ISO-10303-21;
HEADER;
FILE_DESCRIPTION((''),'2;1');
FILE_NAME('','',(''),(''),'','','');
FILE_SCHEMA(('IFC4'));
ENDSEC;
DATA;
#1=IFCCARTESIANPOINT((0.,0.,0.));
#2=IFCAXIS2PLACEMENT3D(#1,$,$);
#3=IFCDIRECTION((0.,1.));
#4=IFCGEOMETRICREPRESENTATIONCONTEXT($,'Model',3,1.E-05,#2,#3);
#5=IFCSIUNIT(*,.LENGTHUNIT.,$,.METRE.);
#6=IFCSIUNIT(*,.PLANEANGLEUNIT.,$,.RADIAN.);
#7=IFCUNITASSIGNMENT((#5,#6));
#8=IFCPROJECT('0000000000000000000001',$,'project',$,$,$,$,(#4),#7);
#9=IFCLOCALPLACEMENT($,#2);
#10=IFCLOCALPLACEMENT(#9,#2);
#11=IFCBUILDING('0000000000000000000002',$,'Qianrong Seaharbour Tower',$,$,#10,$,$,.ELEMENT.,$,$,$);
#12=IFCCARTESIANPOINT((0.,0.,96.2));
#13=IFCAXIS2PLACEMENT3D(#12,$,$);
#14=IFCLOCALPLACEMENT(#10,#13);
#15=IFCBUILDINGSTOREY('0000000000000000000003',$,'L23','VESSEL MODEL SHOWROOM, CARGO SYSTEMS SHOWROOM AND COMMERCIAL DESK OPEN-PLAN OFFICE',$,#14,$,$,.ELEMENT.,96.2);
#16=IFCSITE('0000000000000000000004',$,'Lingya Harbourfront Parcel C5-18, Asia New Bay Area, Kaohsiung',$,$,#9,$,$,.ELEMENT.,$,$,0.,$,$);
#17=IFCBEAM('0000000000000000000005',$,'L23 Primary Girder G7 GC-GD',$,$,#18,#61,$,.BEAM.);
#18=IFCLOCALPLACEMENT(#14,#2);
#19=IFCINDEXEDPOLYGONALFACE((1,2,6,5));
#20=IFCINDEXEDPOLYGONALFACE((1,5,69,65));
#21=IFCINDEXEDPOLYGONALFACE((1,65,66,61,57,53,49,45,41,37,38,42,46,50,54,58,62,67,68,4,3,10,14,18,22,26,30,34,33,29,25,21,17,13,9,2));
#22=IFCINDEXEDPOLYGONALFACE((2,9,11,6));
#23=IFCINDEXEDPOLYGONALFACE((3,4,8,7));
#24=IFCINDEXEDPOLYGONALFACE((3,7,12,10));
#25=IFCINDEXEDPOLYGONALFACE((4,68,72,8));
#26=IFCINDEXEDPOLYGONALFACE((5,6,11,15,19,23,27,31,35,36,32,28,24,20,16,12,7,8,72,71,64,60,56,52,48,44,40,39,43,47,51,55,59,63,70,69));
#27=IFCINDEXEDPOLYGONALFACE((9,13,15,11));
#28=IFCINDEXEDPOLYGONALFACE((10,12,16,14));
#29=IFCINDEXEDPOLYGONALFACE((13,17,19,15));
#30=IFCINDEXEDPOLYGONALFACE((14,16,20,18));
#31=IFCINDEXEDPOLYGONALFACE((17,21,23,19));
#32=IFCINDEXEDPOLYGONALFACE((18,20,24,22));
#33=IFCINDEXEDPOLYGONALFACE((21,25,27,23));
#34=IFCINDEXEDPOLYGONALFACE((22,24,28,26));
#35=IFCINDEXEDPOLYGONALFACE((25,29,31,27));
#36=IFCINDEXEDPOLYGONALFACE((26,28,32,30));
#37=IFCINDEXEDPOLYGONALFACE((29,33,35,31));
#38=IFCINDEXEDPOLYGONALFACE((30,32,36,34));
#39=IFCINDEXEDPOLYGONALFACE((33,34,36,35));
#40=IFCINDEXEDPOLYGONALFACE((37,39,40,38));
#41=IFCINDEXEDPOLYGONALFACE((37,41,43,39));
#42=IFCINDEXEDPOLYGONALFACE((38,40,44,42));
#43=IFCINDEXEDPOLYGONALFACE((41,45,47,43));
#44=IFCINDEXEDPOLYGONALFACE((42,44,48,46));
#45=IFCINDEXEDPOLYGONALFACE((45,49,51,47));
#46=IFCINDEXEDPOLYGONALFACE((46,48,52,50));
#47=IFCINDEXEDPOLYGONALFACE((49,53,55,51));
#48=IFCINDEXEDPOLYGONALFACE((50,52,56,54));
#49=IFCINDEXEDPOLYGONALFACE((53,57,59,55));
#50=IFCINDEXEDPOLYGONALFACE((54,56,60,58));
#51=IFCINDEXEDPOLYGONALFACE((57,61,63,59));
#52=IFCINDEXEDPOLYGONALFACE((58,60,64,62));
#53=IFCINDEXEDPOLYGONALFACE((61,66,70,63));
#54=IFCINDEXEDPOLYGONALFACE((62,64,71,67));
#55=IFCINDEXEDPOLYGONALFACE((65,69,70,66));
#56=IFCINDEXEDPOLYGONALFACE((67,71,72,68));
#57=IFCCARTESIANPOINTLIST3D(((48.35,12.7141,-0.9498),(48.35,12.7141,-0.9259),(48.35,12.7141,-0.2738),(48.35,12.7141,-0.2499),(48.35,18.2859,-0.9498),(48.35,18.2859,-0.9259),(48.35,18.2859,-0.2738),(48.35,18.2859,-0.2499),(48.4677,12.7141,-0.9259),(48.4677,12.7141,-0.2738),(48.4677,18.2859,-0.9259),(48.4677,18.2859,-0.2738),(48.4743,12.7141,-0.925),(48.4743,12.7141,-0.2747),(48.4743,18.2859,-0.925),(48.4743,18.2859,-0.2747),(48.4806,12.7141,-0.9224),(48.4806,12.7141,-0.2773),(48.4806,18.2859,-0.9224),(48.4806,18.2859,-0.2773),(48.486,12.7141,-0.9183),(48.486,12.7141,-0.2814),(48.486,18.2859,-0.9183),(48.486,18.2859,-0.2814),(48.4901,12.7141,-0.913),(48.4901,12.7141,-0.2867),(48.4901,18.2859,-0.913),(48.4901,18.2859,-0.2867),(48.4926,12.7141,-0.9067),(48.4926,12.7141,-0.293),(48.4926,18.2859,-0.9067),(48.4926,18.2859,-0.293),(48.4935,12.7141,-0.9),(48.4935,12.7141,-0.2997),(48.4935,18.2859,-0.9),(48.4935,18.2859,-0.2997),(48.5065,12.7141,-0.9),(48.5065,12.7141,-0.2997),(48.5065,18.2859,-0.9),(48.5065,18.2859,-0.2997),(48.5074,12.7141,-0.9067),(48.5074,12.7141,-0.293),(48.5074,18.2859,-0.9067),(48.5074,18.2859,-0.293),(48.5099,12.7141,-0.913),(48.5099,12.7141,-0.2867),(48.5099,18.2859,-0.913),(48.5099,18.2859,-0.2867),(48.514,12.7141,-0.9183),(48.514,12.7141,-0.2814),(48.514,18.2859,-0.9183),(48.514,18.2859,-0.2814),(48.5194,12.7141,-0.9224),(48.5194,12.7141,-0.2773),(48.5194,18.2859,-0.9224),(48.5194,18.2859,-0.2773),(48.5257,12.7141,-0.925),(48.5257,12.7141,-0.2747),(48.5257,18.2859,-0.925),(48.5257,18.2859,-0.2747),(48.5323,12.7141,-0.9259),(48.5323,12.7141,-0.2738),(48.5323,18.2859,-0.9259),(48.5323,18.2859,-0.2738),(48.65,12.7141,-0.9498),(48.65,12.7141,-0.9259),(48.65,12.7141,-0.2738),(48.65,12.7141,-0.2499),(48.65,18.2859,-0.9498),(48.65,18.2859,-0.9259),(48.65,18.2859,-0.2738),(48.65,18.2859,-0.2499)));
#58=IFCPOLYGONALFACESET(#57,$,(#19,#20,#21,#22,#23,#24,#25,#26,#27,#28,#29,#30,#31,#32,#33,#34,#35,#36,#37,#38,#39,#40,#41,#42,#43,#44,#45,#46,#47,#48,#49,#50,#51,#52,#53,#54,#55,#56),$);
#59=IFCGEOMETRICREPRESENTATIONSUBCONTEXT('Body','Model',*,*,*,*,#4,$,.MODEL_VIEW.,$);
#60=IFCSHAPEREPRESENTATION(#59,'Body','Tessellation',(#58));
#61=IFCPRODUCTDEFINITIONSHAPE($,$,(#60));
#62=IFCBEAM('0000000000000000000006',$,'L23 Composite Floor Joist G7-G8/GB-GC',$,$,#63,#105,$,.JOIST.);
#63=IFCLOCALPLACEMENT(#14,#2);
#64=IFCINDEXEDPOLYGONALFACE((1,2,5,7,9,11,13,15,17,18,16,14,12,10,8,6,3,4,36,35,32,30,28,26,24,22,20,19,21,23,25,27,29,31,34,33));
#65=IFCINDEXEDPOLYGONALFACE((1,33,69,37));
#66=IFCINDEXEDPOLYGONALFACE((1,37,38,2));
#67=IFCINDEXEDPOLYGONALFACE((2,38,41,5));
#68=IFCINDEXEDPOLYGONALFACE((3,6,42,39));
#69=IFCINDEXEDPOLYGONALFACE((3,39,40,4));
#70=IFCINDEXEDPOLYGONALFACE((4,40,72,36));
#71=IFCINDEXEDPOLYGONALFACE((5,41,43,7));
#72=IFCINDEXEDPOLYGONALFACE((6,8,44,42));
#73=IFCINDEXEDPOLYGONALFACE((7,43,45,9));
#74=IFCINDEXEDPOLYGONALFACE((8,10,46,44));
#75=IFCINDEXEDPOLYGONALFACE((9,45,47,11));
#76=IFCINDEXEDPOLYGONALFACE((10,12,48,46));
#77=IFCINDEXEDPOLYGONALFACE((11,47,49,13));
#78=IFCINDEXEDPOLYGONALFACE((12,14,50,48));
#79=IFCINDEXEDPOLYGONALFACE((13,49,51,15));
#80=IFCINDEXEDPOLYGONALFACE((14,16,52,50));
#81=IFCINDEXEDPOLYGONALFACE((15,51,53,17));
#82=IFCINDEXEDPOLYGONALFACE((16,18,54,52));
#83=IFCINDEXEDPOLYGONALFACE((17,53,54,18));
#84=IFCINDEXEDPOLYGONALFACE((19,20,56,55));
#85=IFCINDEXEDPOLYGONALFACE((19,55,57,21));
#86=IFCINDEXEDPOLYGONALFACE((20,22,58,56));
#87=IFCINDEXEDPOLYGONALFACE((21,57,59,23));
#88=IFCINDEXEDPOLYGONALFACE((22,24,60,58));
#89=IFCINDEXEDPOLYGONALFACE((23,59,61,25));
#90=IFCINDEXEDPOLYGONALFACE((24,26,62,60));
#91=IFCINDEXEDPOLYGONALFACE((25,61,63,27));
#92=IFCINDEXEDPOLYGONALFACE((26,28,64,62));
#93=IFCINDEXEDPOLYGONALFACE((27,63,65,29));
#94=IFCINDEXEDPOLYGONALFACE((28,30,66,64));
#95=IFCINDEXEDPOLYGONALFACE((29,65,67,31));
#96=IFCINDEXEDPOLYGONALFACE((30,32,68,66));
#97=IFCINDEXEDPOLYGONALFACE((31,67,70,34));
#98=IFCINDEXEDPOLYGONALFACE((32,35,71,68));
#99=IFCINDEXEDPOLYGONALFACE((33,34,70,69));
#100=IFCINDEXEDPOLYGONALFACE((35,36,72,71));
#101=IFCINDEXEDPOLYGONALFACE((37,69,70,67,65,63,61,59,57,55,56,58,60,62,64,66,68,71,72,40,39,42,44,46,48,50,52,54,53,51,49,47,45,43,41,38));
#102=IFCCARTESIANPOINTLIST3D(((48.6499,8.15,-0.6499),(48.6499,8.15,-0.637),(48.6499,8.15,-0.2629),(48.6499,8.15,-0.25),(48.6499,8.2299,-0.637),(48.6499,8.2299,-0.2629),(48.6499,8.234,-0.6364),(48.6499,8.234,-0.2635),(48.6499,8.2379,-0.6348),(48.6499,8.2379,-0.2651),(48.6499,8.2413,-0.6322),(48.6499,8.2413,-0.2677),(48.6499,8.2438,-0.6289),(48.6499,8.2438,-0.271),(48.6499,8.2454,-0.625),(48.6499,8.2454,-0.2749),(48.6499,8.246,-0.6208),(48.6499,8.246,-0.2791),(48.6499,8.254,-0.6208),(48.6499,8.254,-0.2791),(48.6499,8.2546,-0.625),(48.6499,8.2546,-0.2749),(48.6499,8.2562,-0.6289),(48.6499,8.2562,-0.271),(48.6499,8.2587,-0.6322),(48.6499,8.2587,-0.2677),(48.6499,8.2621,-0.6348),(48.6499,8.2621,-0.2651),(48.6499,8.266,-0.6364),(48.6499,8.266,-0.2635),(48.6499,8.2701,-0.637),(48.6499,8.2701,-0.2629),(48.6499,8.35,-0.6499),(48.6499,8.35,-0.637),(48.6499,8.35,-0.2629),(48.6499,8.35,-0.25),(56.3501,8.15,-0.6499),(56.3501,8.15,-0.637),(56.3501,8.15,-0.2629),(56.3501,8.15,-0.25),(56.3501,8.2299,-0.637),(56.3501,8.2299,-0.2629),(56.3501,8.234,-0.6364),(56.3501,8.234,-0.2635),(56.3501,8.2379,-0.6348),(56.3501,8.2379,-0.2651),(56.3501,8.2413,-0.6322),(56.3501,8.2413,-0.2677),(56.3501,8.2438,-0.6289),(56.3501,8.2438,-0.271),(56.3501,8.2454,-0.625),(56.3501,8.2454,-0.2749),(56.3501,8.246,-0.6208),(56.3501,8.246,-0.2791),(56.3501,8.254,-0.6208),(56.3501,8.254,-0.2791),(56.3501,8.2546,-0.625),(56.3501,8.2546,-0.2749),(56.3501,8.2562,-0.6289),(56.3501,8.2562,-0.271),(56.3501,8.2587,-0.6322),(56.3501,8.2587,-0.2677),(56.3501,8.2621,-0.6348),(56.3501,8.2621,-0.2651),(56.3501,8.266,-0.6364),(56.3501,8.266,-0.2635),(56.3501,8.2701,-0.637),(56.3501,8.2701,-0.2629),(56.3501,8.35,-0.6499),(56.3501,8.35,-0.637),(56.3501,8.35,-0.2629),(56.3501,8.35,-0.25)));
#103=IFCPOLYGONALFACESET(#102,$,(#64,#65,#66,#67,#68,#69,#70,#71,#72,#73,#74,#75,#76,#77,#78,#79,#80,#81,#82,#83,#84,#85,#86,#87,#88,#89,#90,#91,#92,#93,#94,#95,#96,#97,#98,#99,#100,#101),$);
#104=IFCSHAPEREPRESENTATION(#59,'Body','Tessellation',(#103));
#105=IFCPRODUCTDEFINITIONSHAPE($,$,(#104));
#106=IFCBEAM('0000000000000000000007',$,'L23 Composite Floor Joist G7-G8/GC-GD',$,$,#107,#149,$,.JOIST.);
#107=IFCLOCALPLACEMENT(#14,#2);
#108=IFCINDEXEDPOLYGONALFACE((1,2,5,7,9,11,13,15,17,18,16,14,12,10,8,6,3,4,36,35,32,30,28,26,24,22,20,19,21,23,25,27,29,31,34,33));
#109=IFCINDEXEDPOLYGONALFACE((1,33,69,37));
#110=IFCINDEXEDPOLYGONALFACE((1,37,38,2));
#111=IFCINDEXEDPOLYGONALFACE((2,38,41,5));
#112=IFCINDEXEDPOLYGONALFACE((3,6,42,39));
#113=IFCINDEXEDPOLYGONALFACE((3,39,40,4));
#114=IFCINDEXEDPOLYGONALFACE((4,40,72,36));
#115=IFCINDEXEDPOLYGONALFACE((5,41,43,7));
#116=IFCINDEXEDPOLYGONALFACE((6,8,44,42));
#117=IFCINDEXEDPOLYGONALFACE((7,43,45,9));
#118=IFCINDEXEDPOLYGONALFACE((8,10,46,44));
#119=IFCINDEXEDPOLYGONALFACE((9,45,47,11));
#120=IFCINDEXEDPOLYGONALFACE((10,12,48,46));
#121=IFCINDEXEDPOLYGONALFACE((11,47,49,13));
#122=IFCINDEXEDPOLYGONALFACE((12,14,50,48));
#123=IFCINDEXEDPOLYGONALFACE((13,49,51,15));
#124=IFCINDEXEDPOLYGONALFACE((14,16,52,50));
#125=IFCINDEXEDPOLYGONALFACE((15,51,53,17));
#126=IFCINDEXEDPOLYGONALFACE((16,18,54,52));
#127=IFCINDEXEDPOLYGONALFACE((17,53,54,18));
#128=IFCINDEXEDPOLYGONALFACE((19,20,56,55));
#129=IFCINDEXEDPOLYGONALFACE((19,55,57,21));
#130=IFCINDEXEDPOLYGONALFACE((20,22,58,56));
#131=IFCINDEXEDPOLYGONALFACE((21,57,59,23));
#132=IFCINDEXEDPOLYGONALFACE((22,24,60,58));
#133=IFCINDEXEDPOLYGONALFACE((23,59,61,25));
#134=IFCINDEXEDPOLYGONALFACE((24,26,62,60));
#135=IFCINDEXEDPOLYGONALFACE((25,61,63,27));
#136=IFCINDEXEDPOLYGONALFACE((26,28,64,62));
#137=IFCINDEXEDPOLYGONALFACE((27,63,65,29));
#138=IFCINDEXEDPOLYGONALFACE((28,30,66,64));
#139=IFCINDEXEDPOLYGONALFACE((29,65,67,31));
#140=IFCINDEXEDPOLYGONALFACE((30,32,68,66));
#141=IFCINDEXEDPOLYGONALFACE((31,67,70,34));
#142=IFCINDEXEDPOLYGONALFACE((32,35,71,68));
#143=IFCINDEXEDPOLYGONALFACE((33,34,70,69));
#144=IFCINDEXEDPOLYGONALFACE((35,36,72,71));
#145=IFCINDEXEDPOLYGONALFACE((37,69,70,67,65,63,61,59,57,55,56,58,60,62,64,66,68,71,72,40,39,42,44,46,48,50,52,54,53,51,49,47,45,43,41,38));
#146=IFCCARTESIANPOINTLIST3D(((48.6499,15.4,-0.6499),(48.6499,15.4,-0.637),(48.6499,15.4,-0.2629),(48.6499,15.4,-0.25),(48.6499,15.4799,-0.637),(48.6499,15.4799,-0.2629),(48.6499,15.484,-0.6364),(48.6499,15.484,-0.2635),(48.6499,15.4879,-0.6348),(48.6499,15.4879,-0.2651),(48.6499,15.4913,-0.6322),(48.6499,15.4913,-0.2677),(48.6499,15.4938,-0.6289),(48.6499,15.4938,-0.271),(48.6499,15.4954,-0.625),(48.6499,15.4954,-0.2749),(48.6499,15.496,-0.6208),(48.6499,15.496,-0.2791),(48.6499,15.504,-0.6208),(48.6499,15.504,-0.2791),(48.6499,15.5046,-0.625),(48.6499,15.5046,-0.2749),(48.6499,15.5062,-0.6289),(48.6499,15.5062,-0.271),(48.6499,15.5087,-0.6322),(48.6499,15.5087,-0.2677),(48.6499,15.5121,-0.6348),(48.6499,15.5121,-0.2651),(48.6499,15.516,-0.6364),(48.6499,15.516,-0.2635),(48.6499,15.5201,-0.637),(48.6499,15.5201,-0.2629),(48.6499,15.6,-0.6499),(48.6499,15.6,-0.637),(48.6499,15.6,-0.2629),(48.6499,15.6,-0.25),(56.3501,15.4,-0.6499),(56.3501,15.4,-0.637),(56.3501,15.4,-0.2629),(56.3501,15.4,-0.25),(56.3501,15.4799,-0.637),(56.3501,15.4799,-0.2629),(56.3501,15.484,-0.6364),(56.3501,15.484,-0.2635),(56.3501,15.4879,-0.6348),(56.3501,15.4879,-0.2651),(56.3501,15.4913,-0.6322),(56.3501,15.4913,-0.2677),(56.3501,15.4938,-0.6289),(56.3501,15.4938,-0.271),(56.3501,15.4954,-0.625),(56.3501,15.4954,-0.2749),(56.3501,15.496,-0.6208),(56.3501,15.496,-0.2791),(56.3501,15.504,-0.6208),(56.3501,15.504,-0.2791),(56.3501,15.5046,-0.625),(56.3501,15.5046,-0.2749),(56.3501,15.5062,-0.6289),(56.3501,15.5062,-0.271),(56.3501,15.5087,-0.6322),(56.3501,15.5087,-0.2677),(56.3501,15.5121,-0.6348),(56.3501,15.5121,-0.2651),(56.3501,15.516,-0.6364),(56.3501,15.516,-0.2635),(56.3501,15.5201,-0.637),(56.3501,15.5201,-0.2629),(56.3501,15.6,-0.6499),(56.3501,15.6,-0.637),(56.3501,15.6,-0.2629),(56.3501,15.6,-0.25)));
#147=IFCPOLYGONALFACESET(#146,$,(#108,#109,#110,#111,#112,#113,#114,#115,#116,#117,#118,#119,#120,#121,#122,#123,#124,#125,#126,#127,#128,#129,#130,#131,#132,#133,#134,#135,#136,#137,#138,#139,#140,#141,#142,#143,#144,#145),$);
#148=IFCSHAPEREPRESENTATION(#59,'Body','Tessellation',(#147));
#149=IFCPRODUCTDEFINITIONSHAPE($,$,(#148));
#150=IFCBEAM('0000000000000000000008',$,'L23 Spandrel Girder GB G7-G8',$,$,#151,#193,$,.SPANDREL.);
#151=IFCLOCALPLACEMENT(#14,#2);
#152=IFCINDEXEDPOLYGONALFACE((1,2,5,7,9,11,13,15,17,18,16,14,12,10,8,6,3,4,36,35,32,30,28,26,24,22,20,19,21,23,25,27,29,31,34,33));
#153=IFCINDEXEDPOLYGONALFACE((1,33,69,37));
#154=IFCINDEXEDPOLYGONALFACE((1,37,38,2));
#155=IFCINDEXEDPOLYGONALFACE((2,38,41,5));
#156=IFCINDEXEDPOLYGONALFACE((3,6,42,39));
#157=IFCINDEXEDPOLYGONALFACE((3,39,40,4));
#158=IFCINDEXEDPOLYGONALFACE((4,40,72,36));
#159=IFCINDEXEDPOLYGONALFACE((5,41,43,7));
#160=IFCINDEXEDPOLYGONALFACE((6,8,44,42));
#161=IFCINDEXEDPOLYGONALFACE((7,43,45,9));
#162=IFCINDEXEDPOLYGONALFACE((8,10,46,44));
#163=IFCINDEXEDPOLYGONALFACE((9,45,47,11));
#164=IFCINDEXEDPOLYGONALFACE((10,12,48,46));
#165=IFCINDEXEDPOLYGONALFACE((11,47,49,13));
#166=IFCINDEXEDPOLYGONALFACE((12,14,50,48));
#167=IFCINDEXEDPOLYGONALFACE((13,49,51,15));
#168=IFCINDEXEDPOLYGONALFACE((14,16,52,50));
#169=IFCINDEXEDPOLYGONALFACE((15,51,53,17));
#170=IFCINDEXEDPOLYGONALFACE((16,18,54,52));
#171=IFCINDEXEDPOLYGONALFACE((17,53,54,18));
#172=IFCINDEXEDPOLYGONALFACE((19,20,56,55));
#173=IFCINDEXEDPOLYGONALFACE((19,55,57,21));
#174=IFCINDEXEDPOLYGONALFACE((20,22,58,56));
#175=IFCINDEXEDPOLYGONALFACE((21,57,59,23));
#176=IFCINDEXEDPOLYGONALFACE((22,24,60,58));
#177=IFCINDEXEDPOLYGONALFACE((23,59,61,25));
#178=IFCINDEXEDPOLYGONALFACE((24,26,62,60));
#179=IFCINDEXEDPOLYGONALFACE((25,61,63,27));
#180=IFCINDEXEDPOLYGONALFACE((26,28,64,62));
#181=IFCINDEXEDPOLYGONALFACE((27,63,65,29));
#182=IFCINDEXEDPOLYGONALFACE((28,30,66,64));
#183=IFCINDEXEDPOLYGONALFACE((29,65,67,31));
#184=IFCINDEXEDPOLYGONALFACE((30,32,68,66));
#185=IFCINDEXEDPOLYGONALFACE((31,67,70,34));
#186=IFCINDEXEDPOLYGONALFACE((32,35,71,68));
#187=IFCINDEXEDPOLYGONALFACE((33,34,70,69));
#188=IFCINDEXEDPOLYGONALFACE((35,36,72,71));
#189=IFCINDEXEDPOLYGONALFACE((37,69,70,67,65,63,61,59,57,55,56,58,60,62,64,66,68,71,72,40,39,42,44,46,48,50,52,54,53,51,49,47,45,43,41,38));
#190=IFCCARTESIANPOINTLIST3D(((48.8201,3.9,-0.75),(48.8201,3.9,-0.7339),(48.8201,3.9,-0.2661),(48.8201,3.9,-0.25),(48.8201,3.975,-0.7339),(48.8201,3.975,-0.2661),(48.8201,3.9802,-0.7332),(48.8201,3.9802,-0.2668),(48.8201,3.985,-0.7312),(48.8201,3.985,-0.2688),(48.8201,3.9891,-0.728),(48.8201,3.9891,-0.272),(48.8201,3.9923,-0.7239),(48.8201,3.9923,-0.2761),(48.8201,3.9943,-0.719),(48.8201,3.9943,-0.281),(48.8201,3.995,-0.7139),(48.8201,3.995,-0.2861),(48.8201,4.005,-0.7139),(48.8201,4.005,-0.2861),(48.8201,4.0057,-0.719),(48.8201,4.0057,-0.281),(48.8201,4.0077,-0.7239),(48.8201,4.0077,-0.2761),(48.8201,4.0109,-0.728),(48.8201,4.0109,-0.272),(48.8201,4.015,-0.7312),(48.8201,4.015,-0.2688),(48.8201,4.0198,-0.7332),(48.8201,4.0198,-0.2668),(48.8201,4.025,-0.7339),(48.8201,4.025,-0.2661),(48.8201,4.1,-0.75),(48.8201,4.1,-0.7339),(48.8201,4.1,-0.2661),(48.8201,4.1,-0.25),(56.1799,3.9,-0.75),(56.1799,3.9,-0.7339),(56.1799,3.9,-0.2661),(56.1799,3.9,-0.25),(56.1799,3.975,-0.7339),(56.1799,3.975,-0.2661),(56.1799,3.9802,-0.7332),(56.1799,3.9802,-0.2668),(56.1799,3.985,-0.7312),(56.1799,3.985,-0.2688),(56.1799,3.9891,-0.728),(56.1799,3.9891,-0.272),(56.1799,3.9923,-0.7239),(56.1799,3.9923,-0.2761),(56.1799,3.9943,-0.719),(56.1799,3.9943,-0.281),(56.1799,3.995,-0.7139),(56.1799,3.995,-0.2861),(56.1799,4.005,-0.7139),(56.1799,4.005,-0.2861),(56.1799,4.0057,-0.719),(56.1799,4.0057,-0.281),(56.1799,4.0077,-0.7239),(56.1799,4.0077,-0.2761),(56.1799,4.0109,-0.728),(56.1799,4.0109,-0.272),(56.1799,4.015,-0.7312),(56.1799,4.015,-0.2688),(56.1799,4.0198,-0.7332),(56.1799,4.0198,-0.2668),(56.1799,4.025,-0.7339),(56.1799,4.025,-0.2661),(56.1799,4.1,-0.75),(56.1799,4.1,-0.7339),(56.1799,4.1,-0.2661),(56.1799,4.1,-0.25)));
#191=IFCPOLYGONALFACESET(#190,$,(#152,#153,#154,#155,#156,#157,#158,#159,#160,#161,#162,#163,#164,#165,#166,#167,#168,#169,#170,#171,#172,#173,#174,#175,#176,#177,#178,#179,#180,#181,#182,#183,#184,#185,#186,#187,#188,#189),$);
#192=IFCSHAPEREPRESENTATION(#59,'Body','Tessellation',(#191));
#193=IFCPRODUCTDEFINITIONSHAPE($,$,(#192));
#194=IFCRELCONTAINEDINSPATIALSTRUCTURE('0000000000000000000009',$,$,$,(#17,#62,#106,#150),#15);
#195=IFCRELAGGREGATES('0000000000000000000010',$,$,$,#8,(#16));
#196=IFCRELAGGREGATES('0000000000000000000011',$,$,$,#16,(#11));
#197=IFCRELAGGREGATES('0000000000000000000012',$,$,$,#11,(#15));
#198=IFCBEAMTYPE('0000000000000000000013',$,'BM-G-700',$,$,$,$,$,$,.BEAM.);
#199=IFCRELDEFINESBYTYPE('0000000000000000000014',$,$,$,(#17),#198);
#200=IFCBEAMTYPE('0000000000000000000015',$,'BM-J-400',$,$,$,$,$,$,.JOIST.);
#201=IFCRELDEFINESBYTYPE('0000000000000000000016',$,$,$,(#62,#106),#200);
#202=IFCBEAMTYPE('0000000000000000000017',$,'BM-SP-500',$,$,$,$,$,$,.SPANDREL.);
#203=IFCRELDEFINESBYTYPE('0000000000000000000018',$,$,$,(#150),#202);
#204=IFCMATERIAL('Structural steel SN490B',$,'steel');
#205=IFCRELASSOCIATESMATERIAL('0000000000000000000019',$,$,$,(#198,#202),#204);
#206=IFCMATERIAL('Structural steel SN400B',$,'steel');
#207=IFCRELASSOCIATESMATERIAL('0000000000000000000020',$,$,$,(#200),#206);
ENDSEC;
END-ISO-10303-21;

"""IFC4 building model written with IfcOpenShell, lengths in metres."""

from ifc_helpers import new_model, si_unit, direction, frame, origin, origin_2d, place, context, subcontext, project, spatial, i_section, extrude, material, material_profile, profile_set, type_object, element, save


model = new_model("IFC4")

# Units and contexts
model_context = context("Model", 3, precision=1e-05, world=origin(), true_north=direction((0.0, 1.0)))
body_context = subcontext(model_context, "Body", "Model", "MODEL_VIEW")
ifc_project = project(units=[si_unit("LENGTHUNIT", "METRE"), si_unit("PLANEANGLEUNIT", "RADIAN")], contexts=[model_context])

# Site, building, storey
site_placement = place(None, origin())
site = spatial("IfcSite", under=ifc_project, at=site_placement, Name="Lingya Harbourfront Parcel C5-18, Asia New Bay Area, Kaohsiung", CompositionType="ELEMENT", RefElevation=0.0)
building_placement = place(site_placement, origin())
building = spatial("IfcBuilding", under=site, at=building_placement, Name="Qianrong Seaharbour Tower", CompositionType="ELEMENT")
storey_placement = place(building_placement, frame((0.0, 0.0, 96.2)))
storey = spatial("IfcBuildingStorey", under=building, at=storey_placement, Name="L23", Description="VESSEL MODEL SHOWROOM, CARGO SYSTEMS SHOWROOM AND COMMERCIAL DESK OPEN-PLAN OFFICE", CompositionType="ELEMENT", Elevation=96.2)

# Shared definitions
ifc_material_1 = material(Name="Structural steel SN490B", Category="steel")

# Beams
ifc_material_profile_1 = material_profile(ifc_material_1, i_section(OverallWidth=0.3, OverallDepth=0.7, WebThickness=0.0129, FlangeThickness=0.0239, FilletRadius=0.0259, at=origin_2d()), Name="H700x300x13x24")
ifc_profile_set_1 = profile_set([ifc_material_profile_1], Name="Structural steel SN490B")
beam_type_1 = type_object("IfcBeamType", Name="BM-G-700", PredefinedType="BEAM", material=ifc_profile_set_1)
beam_1_placement = place(storey_placement, frame((48.5, 12.7141, -0.5999), z_axis=(0.0, 1.0, 0.0), x_axis=(-1.0, 0.0, 0.0)))
element("IfcBeam", 1, at=beam_1_placement, inside=storey, type_object=beam_type_1, Name="L23 Primary Girder G7 GC-GD", PredefinedType="BEAM", context=body_context, shape_type="SweptSolid", body=[
    extrude(i_section(OverallWidth=0.3, OverallDepth=0.7, WebThickness=0.0129, FlangeThickness=0.0239, FilletRadius=0.0259, at=origin_2d()), origin(), (0.0, 0.0, 1.0), 5.5718),
])
ifc_material_2 = material(Name="Structural steel SN400B", Category="steel")
ifc_material_profile_2 = material_profile(ifc_material_2, i_section(OverallWidth=0.2, OverallDepth=0.3999, WebThickness=0.0081, FlangeThickness=0.0129, FilletRadius=0.0161, at=origin_2d()), Name="H400x200x8x13")
ifc_profile_set_2 = profile_set([ifc_material_profile_2], Name="Structural steel SN400B")
beam_type_2 = type_object("IfcBeamType", Name="BM-J-400", PredefinedType="JOIST", material=ifc_profile_set_2)
for number, where, z_axis, x_axis, name in (
    (2, (48.6499, 8.25, -0.45), (1.0, 0.0, 0.0), (0.0, 1.0, 0.0), "L23 Composite Floor Joist G7-G8/GB-GC"),
    (3, (48.6499, 15.5, -0.45), (1.0, 0.0, 0.0), (0.0, 1.0, 0.0), "L23 Composite Floor Joist G7-G8/GC-GD"),
):
    element("IfcBeam", number, at=place(storey_placement, frame(where, z_axis=z_axis, x_axis=x_axis)), inside=storey, type_object=beam_type_2, Name=name, PredefinedType="JOIST", context=body_context, shape_type="SweptSolid", body=[
        extrude(i_section(OverallWidth=0.2, OverallDepth=0.3999, WebThickness=0.0081, FlangeThickness=0.0129, FilletRadius=0.0161, at=origin_2d()), origin(), (0.0, 0.0, 1.0), 7.7002),
    ])
ifc_material_profile_3 = material_profile(ifc_material_1, i_section(OverallWidth=0.2, OverallDepth=0.5, WebThickness=0.01, FlangeThickness=0.0161, FilletRadius=0.02, at=origin_2d()), Name="H500x200x10x16")
ifc_profile_set_3 = profile_set([ifc_material_profile_3], Name="Structural steel SN490B")
beam_type_3 = type_object("IfcBeamType", Name="BM-SP-500", PredefinedType="SPANDREL", material=ifc_profile_set_3)
beam_2_placement = place(storey_placement, frame((48.8201, 4.0, -0.5), z_axis=(1.0, 0.0, 0.0), x_axis=(0.0, 1.0, 0.0)))
element("IfcBeam", 4, at=beam_2_placement, inside=storey, type_object=beam_type_3, Name="L23 Spandrel Girder GB G7-G8", PredefinedType="SPANDREL", context=body_context, shape_type="SweptSolid", body=[
    extrude(i_section(OverallWidth=0.2, OverallDepth=0.5, WebThickness=0.01, FlangeThickness=0.0161, FilletRadius=0.02, at=origin_2d()), origin(), (0.0, 0.0, 1.0), 7.3599),
])

save(model, "model.ifc")
